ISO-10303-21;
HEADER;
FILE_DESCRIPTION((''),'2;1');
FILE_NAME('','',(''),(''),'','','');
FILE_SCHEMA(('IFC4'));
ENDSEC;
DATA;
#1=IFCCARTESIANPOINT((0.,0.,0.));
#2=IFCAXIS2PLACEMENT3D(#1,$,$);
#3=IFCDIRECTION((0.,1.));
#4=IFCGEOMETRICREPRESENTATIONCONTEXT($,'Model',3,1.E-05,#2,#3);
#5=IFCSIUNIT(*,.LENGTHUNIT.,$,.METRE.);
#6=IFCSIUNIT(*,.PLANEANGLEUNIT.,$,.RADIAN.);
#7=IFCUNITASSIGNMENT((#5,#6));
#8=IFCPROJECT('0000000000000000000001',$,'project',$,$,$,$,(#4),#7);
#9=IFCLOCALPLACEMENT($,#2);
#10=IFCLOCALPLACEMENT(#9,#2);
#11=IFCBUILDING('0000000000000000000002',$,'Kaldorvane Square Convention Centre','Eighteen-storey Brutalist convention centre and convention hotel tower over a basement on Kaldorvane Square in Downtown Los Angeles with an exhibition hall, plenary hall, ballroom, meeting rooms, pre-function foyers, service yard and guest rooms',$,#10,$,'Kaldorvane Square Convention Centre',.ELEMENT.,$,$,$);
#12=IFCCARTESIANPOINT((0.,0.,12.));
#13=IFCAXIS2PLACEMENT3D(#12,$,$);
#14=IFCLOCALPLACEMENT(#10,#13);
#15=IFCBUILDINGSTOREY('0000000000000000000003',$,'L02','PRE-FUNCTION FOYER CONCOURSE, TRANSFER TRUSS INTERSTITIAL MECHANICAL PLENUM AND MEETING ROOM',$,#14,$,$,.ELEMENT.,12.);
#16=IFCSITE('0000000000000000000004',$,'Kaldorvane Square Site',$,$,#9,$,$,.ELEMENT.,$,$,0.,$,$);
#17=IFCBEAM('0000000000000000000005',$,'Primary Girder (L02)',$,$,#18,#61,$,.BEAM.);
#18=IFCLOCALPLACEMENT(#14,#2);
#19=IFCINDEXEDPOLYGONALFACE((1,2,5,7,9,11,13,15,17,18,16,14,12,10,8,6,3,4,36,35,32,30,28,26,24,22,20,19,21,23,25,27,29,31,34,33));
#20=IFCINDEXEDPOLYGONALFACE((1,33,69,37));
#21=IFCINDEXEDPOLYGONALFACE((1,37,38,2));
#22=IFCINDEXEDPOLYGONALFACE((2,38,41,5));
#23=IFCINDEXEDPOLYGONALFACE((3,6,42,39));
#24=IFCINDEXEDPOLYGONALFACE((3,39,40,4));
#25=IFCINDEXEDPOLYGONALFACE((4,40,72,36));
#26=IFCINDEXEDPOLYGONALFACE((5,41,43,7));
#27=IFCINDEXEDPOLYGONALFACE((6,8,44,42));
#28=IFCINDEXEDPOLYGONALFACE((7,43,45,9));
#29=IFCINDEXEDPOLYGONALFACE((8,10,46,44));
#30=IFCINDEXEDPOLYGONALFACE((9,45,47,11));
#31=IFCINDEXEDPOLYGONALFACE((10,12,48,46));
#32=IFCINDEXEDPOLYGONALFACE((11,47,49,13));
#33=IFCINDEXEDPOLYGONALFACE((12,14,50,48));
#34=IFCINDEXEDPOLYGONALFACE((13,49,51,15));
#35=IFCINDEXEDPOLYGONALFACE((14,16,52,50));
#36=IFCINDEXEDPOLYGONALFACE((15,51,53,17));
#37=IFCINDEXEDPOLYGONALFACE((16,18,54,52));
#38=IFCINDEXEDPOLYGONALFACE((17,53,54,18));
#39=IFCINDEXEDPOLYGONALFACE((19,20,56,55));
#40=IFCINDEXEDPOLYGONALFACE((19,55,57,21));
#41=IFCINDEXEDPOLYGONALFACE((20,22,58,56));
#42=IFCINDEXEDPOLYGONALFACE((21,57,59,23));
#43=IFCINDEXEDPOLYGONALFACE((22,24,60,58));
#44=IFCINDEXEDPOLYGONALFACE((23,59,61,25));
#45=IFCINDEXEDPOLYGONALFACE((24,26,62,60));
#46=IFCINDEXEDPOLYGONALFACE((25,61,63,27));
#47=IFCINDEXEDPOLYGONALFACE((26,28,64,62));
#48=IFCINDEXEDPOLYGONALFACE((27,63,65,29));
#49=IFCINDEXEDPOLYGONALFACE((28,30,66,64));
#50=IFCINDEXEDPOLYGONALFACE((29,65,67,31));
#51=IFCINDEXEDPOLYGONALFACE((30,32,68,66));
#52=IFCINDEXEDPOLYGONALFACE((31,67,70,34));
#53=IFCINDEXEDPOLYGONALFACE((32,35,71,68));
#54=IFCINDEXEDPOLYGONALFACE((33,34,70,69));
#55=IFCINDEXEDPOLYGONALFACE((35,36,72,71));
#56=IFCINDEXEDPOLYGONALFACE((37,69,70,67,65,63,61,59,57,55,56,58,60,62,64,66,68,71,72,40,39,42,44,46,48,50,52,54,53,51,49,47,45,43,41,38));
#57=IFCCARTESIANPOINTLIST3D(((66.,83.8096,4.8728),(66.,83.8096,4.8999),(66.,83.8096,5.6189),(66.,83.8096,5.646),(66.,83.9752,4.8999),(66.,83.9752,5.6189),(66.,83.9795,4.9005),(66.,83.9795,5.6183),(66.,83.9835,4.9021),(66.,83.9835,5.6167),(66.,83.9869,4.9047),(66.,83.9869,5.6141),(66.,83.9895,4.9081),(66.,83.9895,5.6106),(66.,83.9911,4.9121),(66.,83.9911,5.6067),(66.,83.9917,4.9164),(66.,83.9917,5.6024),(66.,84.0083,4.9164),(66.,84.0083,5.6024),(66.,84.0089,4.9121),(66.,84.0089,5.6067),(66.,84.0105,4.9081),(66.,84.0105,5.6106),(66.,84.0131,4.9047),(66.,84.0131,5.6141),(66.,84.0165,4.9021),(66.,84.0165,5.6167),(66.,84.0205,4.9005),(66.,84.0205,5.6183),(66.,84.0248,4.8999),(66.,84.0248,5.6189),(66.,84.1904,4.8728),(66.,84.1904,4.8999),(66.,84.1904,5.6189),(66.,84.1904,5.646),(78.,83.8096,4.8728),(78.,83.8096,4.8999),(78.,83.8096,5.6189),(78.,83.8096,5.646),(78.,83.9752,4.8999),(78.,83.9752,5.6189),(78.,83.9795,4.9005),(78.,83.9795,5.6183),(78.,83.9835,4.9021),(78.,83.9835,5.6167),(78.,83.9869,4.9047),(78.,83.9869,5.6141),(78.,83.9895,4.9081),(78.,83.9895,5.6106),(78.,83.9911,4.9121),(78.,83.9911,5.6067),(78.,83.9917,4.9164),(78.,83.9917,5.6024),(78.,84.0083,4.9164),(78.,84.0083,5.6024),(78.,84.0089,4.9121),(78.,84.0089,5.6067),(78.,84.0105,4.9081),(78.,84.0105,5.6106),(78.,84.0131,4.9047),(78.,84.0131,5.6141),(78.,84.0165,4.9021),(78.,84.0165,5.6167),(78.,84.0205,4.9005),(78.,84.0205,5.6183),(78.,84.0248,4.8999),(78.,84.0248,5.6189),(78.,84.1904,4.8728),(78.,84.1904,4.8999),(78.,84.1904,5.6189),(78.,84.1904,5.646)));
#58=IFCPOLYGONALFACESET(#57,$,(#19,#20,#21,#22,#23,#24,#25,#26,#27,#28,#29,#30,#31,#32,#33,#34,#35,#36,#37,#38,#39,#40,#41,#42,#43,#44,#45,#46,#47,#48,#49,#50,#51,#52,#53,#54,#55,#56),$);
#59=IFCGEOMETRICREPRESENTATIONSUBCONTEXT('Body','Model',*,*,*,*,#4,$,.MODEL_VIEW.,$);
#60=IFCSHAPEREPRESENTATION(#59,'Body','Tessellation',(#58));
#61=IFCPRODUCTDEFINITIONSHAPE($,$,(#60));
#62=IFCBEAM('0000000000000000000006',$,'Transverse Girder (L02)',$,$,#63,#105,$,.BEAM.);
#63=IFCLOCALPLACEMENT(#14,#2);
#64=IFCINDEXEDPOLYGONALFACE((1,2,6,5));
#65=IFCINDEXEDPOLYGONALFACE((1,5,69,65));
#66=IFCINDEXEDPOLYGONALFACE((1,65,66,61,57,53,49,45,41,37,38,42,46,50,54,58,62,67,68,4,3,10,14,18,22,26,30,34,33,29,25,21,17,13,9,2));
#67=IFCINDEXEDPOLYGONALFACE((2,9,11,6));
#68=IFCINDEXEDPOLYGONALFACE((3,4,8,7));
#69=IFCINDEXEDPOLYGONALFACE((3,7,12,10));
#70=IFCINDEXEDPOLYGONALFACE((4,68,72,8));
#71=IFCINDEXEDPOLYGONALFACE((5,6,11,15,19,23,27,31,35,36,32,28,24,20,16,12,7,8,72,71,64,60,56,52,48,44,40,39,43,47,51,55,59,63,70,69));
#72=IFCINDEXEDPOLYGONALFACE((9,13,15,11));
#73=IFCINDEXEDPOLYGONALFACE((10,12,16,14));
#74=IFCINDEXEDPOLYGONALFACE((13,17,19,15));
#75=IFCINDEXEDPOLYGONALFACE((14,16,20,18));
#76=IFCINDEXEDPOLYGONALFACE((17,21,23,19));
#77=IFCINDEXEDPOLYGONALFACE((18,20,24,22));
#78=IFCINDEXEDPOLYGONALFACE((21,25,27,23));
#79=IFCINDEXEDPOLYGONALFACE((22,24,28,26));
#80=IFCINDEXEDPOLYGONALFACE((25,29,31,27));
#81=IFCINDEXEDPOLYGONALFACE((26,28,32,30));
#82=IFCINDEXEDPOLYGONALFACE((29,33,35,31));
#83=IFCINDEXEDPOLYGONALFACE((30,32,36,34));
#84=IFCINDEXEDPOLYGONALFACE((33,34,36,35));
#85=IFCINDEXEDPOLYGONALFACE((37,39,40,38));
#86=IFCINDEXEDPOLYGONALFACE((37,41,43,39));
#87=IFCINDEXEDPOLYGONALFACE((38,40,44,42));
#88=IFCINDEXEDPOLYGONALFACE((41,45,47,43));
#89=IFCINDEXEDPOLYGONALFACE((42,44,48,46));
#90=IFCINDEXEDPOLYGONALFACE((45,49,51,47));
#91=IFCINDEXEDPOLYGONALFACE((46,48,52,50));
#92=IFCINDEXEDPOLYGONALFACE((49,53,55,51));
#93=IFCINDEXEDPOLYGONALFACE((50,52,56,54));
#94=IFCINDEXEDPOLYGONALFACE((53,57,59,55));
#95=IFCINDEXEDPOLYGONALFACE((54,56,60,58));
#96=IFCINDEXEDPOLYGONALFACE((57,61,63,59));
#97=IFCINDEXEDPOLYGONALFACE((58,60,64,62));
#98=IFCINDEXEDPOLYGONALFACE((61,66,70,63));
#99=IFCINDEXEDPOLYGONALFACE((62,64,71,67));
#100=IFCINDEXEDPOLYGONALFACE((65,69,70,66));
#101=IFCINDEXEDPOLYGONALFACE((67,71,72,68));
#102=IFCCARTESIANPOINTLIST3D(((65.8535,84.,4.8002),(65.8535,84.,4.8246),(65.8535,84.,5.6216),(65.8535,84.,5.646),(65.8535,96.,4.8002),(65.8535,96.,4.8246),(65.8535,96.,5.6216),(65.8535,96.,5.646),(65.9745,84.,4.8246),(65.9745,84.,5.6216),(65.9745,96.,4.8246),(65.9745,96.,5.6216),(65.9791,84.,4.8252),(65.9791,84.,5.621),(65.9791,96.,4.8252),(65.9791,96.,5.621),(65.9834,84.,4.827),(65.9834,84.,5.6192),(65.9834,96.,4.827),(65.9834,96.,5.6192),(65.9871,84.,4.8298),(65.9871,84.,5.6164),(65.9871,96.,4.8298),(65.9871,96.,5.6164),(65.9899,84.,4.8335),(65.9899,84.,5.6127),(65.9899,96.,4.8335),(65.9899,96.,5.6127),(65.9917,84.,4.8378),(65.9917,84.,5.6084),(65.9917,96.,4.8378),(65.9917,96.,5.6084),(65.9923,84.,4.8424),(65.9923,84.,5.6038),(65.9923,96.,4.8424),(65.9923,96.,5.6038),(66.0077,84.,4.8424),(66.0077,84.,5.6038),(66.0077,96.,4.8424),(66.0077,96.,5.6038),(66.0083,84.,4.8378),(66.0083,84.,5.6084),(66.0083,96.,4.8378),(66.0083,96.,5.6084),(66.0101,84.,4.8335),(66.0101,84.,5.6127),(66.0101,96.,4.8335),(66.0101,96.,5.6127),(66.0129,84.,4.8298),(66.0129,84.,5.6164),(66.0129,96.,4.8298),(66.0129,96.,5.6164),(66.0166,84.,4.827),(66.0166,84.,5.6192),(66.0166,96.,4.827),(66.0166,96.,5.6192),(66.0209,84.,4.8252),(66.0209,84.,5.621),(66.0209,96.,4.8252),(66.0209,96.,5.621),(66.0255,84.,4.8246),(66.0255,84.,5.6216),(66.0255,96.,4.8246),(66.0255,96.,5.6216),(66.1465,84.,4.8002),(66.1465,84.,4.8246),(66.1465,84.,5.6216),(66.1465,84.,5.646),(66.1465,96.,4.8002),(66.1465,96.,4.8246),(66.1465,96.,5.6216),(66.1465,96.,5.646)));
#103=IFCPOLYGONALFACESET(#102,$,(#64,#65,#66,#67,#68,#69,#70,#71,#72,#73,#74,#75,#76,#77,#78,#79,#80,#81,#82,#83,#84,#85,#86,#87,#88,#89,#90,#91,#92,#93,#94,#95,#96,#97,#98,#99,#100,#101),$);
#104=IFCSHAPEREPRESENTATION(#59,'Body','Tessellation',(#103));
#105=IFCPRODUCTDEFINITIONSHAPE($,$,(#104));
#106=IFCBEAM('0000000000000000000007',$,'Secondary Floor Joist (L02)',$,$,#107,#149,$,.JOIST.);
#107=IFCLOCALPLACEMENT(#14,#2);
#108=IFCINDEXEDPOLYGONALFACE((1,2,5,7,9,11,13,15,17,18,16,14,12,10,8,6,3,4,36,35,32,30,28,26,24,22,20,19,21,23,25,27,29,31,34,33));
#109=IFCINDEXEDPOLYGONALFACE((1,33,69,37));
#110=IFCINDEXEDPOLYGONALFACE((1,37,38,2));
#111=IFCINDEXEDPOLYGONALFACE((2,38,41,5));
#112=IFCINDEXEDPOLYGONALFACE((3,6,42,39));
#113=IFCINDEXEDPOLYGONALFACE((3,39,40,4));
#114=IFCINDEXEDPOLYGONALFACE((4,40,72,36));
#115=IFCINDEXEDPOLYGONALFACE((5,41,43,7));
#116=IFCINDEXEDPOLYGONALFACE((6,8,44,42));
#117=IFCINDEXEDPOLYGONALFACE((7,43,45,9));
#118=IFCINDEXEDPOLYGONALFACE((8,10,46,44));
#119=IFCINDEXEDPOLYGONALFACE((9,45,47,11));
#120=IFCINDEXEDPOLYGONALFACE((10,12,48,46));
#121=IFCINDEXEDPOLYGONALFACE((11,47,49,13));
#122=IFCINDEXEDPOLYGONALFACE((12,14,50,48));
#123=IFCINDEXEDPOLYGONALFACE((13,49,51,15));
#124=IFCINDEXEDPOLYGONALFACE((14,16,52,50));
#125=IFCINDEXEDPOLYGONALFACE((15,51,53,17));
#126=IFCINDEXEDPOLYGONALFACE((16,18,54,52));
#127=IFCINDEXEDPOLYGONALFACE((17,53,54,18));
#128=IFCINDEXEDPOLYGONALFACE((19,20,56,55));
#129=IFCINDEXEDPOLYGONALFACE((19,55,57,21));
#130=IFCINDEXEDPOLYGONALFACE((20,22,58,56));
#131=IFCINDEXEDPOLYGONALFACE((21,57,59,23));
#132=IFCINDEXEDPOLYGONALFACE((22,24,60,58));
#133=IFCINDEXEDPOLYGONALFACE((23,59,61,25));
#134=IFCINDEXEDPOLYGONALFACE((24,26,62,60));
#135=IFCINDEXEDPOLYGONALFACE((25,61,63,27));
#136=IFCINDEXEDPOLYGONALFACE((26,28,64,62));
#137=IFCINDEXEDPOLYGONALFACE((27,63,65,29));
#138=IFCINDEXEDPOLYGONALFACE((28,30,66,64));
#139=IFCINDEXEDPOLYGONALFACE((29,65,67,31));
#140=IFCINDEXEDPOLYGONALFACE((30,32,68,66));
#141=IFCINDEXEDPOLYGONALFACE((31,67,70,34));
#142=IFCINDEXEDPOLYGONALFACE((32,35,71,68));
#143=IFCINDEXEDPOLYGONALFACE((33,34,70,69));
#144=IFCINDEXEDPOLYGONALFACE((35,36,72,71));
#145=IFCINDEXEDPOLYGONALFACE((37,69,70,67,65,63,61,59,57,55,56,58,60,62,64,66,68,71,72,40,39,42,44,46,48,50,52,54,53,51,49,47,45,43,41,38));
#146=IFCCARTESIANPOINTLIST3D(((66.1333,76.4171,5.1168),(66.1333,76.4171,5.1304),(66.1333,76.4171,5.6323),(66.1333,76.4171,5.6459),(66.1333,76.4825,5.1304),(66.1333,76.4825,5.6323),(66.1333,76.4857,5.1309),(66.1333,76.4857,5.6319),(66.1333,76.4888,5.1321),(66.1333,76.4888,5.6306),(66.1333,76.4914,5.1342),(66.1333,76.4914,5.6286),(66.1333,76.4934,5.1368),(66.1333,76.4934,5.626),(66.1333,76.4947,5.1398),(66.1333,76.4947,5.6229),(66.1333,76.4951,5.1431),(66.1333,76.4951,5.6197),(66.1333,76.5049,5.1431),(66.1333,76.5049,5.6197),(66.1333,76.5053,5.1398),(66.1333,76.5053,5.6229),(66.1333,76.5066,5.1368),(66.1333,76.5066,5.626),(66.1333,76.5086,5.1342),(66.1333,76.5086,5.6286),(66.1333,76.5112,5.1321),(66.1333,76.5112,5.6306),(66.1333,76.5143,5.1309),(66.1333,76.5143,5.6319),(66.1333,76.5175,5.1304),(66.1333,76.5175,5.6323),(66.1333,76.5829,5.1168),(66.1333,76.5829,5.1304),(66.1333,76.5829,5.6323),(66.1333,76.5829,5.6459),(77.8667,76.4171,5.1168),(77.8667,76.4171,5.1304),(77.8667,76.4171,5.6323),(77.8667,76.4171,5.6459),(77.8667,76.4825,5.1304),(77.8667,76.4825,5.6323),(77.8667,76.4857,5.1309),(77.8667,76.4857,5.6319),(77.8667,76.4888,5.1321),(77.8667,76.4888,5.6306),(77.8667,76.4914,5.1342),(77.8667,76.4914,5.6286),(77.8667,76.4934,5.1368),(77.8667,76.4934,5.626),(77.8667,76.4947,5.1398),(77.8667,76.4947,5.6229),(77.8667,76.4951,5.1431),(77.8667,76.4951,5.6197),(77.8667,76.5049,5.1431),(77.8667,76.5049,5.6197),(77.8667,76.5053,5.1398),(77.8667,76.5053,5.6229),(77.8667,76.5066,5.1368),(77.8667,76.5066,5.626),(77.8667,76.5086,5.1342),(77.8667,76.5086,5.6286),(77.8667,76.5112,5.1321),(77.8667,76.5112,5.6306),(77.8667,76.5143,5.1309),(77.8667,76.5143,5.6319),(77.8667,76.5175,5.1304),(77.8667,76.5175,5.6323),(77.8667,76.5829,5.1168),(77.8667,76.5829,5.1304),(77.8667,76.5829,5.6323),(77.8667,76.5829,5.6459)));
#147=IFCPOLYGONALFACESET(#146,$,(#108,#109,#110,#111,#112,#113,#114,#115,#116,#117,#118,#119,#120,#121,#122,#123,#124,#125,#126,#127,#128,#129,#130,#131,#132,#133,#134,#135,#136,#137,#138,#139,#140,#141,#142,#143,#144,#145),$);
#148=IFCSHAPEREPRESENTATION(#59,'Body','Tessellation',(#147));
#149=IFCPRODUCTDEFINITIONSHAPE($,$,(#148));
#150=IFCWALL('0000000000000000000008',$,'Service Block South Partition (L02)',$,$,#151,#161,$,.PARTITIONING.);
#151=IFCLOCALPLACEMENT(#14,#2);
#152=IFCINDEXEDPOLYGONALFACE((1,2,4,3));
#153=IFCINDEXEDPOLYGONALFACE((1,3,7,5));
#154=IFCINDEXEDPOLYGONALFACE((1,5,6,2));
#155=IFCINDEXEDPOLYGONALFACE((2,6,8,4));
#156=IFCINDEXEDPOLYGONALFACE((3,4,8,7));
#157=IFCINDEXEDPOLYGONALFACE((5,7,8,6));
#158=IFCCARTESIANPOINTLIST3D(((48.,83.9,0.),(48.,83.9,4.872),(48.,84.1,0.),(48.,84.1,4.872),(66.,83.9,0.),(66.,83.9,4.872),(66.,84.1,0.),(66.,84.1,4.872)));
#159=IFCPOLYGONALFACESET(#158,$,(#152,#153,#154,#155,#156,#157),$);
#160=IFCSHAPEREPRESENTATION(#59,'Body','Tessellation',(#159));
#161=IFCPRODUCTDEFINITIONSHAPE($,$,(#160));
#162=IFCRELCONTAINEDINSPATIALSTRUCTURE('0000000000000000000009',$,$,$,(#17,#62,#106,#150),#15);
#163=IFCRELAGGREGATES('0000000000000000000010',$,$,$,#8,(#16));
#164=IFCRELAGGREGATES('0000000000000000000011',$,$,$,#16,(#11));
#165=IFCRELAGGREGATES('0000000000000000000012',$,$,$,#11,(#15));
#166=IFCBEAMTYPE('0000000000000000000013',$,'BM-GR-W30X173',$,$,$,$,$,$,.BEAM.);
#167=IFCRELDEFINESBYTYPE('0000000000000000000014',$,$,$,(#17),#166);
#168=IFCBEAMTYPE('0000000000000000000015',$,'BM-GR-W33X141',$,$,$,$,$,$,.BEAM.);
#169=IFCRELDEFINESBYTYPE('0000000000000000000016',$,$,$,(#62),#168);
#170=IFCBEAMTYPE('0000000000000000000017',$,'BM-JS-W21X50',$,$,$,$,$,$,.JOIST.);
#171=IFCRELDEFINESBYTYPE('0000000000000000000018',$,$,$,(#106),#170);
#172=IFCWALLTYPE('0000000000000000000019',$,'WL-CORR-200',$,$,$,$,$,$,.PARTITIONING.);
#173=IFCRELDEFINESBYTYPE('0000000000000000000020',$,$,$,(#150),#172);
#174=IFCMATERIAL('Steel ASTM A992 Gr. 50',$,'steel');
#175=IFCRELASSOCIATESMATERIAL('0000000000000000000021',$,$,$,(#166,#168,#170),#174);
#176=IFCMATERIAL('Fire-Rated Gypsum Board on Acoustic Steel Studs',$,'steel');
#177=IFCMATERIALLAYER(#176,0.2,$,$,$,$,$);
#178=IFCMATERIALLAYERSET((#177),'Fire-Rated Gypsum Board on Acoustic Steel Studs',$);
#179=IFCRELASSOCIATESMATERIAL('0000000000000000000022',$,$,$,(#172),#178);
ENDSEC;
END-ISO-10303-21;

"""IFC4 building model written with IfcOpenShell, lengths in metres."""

from ifc_helpers import new_model, si_unit, direction, frame, frame_2d, origin, origin_2d, place, context, subcontext, project, spatial, rectangle, i_section, extrude, material, layer, layer_set, material_profile, profile_set, type_object, element, save


model = new_model("IFC4")

# Units and contexts
model_context = context("Model", 3, precision=1e-05, world=origin(), true_north=direction((0.0, 1.0)))
body_context = subcontext(model_context, "Body", "Model", "MODEL_VIEW")
ifc_project = project(units=[si_unit("LENGTHUNIT", "METRE"), si_unit("PLANEANGLEUNIT", "RADIAN")], contexts=[model_context])

# Site, building, storey
site_placement = place(None, origin())
site = spatial("IfcSite", under=ifc_project, at=site_placement, Name="Kaldorvane Square Site", CompositionType="ELEMENT", RefElevation=0.0)
building_placement = place(site_placement, origin())
building = spatial("IfcBuilding", under=site, at=building_placement, Name="Kaldorvane Square Convention Centre", Description="Eighteen-storey Brutalist convention centre and convention hotel tower over a basement on Kaldorvane Square in Downtown Los Angeles with an exhibition hall, plenary hall, ballroom, meeting rooms, pre-function foyers, service yard and guest rooms", LongName="Kaldorvane Square Convention Centre", CompositionType="ELEMENT")
storey_placement = place(building_placement, frame((0.0, 0.0, 12.0)))
storey = spatial("IfcBuildingStorey", under=building, at=storey_placement, Name="L02", Description="PRE-FUNCTION FOYER CONCOURSE, TRANSFER TRUSS INTERSTITIAL MECHANICAL PLENUM AND MEETING ROOM", CompositionType="ELEMENT", Elevation=12.0)

# Shared definitions
ifc_material_1 = material(Name="Steel ASTM A992 Gr. 50", Category="steel")

# Beams
ifc_material_profile_1 = material_profile(ifc_material_1, i_section(OverallWidth=0.3807, OverallDepth=0.7732, WebThickness=0.0166, FlangeThickness=0.0271, FilletRadius=0.0165, at=origin_2d()), Name="W30X173")
ifc_profile_set_1 = profile_set([ifc_material_profile_1], Name="Steel ASTM A992 Gr. 50")
beam_type_1 = type_object("IfcBeamType", Name="BM-GR-W30X173", PredefinedType="BEAM", material=ifc_profile_set_1)
for number, where, z_axis, x_axis, name in (
    (1, (66.0, 84.0, 5.2594), (1.0, 0.0, 0.0), (0.0, 1.0, 0.0), "Primary Girder (L02)"),
):
    element("IfcBeam", number, at=place(storey_placement, frame(where, z_axis=z_axis, x_axis=x_axis)), inside=storey, type_object=beam_type_1, Name=name, PredefinedType="BEAM", context=body_context, shape_type="SweptSolid", body=[
        extrude(i_section(OverallWidth=0.3807, OverallDepth=0.7732, WebThickness=0.0166, FlangeThickness=0.0271, FilletRadius=0.0165, at=origin_2d()), origin(), (0.0, 0.0, 1.0), 12.0),
    ])
ifc_material_profile_2 = material_profile(ifc_material_1, i_section(OverallWidth=0.293, OverallDepth=0.8458, WebThickness=0.0154, FlangeThickness=0.0244, FilletRadius=0.0178, at=origin_2d()), Name="W33X141")
ifc_profile_set_2 = profile_set([ifc_material_profile_2], Name="Steel ASTM A992 Gr. 50")
beam_type_2 = type_object("IfcBeamType", Name="BM-GR-W33X141", PredefinedType="BEAM", material=ifc_profile_set_2)
beam_1_placement = place(storey_placement, frame((66.0, 84.0, 5.2231), z_axis=(0.0, 1.0, 0.0), x_axis=(-1.0, 0.0, 0.0)))
element("IfcBeam", 2, at=beam_1_placement, inside=storey, type_object=beam_type_2, Name="Transverse Girder (L02)", PredefinedType="BEAM", context=body_context, shape_type="SweptSolid", body=[
    extrude(i_section(OverallWidth=0.293, OverallDepth=0.8458, WebThickness=0.0154, FlangeThickness=0.0244, FilletRadius=0.0178, at=origin_2d()), origin(), (0.0, 0.0, 1.0), 12.0),
])
ifc_material_profile_3 = material_profile(ifc_material_1, i_section(OverallWidth=0.1659, OverallDepth=0.5291, WebThickness=0.0097, FlangeThickness=0.0136, FilletRadius=0.0127, at=origin_2d()), Name="W21X50")
ifc_profile_set_3 = profile_set([ifc_material_profile_3], Name="Steel ASTM A992 Gr. 50")
beam_type_3 = type_object("IfcBeamType", Name="BM-JS-W21X50", PredefinedType="JOIST", material=ifc_profile_set_3)
beam_2_placement = place(storey_placement, frame((66.1333, 76.5, 5.3814), z_axis=(1.0, 0.0, 0.0), x_axis=(0.0, 1.0, 0.0)))
element("IfcBeam", 3, at=beam_2_placement, inside=storey, type_object=beam_type_3, Name="Secondary Floor Joist (L02)", PredefinedType="JOIST", context=body_context, shape_type="SweptSolid", body=[
    extrude(i_section(OverallWidth=0.1659, OverallDepth=0.5291, WebThickness=0.0097, FlangeThickness=0.0136, FilletRadius=0.0127, at=origin_2d()), origin(), (0.0, 0.0, 1.0), 11.7334),
])

# Wall
ifc_material_2 = material(Name="Fire-Rated Gypsum Board on Acoustic Steel Studs", Category="steel")
ifc_layer_1 = layer(ifc_material_2, 0.2)
ifc_layer_set_1 = layer_set([ifc_layer_1], Name="Fire-Rated Gypsum Board on Acoustic Steel Studs")
wall_type_1 = type_object("IfcWallType", Name="WL-CORR-200", PredefinedType="PARTITIONING", material=ifc_layer_set_1)
wall_1_placement = place(storey_placement, frame((48.0, 84.0, 0.0), z_axis=(0.0, 0.0, 1.0), x_axis=(1.0, 0.0, 0.0)))
element("IfcWall", 4, at=wall_1_placement, inside=storey, type_object=wall_type_1, Name="Service Block South Partition (L02)", PredefinedType="PARTITIONING", context=body_context, shape_type="SweptSolid", body=[
    extrude(rectangle(XDim=18.0, YDim=0.2, at=frame_2d((9.0, 0.0))), origin(), (0.0, 0.0, 1.0), 4.872),
])

save(model, "model.ifc")
